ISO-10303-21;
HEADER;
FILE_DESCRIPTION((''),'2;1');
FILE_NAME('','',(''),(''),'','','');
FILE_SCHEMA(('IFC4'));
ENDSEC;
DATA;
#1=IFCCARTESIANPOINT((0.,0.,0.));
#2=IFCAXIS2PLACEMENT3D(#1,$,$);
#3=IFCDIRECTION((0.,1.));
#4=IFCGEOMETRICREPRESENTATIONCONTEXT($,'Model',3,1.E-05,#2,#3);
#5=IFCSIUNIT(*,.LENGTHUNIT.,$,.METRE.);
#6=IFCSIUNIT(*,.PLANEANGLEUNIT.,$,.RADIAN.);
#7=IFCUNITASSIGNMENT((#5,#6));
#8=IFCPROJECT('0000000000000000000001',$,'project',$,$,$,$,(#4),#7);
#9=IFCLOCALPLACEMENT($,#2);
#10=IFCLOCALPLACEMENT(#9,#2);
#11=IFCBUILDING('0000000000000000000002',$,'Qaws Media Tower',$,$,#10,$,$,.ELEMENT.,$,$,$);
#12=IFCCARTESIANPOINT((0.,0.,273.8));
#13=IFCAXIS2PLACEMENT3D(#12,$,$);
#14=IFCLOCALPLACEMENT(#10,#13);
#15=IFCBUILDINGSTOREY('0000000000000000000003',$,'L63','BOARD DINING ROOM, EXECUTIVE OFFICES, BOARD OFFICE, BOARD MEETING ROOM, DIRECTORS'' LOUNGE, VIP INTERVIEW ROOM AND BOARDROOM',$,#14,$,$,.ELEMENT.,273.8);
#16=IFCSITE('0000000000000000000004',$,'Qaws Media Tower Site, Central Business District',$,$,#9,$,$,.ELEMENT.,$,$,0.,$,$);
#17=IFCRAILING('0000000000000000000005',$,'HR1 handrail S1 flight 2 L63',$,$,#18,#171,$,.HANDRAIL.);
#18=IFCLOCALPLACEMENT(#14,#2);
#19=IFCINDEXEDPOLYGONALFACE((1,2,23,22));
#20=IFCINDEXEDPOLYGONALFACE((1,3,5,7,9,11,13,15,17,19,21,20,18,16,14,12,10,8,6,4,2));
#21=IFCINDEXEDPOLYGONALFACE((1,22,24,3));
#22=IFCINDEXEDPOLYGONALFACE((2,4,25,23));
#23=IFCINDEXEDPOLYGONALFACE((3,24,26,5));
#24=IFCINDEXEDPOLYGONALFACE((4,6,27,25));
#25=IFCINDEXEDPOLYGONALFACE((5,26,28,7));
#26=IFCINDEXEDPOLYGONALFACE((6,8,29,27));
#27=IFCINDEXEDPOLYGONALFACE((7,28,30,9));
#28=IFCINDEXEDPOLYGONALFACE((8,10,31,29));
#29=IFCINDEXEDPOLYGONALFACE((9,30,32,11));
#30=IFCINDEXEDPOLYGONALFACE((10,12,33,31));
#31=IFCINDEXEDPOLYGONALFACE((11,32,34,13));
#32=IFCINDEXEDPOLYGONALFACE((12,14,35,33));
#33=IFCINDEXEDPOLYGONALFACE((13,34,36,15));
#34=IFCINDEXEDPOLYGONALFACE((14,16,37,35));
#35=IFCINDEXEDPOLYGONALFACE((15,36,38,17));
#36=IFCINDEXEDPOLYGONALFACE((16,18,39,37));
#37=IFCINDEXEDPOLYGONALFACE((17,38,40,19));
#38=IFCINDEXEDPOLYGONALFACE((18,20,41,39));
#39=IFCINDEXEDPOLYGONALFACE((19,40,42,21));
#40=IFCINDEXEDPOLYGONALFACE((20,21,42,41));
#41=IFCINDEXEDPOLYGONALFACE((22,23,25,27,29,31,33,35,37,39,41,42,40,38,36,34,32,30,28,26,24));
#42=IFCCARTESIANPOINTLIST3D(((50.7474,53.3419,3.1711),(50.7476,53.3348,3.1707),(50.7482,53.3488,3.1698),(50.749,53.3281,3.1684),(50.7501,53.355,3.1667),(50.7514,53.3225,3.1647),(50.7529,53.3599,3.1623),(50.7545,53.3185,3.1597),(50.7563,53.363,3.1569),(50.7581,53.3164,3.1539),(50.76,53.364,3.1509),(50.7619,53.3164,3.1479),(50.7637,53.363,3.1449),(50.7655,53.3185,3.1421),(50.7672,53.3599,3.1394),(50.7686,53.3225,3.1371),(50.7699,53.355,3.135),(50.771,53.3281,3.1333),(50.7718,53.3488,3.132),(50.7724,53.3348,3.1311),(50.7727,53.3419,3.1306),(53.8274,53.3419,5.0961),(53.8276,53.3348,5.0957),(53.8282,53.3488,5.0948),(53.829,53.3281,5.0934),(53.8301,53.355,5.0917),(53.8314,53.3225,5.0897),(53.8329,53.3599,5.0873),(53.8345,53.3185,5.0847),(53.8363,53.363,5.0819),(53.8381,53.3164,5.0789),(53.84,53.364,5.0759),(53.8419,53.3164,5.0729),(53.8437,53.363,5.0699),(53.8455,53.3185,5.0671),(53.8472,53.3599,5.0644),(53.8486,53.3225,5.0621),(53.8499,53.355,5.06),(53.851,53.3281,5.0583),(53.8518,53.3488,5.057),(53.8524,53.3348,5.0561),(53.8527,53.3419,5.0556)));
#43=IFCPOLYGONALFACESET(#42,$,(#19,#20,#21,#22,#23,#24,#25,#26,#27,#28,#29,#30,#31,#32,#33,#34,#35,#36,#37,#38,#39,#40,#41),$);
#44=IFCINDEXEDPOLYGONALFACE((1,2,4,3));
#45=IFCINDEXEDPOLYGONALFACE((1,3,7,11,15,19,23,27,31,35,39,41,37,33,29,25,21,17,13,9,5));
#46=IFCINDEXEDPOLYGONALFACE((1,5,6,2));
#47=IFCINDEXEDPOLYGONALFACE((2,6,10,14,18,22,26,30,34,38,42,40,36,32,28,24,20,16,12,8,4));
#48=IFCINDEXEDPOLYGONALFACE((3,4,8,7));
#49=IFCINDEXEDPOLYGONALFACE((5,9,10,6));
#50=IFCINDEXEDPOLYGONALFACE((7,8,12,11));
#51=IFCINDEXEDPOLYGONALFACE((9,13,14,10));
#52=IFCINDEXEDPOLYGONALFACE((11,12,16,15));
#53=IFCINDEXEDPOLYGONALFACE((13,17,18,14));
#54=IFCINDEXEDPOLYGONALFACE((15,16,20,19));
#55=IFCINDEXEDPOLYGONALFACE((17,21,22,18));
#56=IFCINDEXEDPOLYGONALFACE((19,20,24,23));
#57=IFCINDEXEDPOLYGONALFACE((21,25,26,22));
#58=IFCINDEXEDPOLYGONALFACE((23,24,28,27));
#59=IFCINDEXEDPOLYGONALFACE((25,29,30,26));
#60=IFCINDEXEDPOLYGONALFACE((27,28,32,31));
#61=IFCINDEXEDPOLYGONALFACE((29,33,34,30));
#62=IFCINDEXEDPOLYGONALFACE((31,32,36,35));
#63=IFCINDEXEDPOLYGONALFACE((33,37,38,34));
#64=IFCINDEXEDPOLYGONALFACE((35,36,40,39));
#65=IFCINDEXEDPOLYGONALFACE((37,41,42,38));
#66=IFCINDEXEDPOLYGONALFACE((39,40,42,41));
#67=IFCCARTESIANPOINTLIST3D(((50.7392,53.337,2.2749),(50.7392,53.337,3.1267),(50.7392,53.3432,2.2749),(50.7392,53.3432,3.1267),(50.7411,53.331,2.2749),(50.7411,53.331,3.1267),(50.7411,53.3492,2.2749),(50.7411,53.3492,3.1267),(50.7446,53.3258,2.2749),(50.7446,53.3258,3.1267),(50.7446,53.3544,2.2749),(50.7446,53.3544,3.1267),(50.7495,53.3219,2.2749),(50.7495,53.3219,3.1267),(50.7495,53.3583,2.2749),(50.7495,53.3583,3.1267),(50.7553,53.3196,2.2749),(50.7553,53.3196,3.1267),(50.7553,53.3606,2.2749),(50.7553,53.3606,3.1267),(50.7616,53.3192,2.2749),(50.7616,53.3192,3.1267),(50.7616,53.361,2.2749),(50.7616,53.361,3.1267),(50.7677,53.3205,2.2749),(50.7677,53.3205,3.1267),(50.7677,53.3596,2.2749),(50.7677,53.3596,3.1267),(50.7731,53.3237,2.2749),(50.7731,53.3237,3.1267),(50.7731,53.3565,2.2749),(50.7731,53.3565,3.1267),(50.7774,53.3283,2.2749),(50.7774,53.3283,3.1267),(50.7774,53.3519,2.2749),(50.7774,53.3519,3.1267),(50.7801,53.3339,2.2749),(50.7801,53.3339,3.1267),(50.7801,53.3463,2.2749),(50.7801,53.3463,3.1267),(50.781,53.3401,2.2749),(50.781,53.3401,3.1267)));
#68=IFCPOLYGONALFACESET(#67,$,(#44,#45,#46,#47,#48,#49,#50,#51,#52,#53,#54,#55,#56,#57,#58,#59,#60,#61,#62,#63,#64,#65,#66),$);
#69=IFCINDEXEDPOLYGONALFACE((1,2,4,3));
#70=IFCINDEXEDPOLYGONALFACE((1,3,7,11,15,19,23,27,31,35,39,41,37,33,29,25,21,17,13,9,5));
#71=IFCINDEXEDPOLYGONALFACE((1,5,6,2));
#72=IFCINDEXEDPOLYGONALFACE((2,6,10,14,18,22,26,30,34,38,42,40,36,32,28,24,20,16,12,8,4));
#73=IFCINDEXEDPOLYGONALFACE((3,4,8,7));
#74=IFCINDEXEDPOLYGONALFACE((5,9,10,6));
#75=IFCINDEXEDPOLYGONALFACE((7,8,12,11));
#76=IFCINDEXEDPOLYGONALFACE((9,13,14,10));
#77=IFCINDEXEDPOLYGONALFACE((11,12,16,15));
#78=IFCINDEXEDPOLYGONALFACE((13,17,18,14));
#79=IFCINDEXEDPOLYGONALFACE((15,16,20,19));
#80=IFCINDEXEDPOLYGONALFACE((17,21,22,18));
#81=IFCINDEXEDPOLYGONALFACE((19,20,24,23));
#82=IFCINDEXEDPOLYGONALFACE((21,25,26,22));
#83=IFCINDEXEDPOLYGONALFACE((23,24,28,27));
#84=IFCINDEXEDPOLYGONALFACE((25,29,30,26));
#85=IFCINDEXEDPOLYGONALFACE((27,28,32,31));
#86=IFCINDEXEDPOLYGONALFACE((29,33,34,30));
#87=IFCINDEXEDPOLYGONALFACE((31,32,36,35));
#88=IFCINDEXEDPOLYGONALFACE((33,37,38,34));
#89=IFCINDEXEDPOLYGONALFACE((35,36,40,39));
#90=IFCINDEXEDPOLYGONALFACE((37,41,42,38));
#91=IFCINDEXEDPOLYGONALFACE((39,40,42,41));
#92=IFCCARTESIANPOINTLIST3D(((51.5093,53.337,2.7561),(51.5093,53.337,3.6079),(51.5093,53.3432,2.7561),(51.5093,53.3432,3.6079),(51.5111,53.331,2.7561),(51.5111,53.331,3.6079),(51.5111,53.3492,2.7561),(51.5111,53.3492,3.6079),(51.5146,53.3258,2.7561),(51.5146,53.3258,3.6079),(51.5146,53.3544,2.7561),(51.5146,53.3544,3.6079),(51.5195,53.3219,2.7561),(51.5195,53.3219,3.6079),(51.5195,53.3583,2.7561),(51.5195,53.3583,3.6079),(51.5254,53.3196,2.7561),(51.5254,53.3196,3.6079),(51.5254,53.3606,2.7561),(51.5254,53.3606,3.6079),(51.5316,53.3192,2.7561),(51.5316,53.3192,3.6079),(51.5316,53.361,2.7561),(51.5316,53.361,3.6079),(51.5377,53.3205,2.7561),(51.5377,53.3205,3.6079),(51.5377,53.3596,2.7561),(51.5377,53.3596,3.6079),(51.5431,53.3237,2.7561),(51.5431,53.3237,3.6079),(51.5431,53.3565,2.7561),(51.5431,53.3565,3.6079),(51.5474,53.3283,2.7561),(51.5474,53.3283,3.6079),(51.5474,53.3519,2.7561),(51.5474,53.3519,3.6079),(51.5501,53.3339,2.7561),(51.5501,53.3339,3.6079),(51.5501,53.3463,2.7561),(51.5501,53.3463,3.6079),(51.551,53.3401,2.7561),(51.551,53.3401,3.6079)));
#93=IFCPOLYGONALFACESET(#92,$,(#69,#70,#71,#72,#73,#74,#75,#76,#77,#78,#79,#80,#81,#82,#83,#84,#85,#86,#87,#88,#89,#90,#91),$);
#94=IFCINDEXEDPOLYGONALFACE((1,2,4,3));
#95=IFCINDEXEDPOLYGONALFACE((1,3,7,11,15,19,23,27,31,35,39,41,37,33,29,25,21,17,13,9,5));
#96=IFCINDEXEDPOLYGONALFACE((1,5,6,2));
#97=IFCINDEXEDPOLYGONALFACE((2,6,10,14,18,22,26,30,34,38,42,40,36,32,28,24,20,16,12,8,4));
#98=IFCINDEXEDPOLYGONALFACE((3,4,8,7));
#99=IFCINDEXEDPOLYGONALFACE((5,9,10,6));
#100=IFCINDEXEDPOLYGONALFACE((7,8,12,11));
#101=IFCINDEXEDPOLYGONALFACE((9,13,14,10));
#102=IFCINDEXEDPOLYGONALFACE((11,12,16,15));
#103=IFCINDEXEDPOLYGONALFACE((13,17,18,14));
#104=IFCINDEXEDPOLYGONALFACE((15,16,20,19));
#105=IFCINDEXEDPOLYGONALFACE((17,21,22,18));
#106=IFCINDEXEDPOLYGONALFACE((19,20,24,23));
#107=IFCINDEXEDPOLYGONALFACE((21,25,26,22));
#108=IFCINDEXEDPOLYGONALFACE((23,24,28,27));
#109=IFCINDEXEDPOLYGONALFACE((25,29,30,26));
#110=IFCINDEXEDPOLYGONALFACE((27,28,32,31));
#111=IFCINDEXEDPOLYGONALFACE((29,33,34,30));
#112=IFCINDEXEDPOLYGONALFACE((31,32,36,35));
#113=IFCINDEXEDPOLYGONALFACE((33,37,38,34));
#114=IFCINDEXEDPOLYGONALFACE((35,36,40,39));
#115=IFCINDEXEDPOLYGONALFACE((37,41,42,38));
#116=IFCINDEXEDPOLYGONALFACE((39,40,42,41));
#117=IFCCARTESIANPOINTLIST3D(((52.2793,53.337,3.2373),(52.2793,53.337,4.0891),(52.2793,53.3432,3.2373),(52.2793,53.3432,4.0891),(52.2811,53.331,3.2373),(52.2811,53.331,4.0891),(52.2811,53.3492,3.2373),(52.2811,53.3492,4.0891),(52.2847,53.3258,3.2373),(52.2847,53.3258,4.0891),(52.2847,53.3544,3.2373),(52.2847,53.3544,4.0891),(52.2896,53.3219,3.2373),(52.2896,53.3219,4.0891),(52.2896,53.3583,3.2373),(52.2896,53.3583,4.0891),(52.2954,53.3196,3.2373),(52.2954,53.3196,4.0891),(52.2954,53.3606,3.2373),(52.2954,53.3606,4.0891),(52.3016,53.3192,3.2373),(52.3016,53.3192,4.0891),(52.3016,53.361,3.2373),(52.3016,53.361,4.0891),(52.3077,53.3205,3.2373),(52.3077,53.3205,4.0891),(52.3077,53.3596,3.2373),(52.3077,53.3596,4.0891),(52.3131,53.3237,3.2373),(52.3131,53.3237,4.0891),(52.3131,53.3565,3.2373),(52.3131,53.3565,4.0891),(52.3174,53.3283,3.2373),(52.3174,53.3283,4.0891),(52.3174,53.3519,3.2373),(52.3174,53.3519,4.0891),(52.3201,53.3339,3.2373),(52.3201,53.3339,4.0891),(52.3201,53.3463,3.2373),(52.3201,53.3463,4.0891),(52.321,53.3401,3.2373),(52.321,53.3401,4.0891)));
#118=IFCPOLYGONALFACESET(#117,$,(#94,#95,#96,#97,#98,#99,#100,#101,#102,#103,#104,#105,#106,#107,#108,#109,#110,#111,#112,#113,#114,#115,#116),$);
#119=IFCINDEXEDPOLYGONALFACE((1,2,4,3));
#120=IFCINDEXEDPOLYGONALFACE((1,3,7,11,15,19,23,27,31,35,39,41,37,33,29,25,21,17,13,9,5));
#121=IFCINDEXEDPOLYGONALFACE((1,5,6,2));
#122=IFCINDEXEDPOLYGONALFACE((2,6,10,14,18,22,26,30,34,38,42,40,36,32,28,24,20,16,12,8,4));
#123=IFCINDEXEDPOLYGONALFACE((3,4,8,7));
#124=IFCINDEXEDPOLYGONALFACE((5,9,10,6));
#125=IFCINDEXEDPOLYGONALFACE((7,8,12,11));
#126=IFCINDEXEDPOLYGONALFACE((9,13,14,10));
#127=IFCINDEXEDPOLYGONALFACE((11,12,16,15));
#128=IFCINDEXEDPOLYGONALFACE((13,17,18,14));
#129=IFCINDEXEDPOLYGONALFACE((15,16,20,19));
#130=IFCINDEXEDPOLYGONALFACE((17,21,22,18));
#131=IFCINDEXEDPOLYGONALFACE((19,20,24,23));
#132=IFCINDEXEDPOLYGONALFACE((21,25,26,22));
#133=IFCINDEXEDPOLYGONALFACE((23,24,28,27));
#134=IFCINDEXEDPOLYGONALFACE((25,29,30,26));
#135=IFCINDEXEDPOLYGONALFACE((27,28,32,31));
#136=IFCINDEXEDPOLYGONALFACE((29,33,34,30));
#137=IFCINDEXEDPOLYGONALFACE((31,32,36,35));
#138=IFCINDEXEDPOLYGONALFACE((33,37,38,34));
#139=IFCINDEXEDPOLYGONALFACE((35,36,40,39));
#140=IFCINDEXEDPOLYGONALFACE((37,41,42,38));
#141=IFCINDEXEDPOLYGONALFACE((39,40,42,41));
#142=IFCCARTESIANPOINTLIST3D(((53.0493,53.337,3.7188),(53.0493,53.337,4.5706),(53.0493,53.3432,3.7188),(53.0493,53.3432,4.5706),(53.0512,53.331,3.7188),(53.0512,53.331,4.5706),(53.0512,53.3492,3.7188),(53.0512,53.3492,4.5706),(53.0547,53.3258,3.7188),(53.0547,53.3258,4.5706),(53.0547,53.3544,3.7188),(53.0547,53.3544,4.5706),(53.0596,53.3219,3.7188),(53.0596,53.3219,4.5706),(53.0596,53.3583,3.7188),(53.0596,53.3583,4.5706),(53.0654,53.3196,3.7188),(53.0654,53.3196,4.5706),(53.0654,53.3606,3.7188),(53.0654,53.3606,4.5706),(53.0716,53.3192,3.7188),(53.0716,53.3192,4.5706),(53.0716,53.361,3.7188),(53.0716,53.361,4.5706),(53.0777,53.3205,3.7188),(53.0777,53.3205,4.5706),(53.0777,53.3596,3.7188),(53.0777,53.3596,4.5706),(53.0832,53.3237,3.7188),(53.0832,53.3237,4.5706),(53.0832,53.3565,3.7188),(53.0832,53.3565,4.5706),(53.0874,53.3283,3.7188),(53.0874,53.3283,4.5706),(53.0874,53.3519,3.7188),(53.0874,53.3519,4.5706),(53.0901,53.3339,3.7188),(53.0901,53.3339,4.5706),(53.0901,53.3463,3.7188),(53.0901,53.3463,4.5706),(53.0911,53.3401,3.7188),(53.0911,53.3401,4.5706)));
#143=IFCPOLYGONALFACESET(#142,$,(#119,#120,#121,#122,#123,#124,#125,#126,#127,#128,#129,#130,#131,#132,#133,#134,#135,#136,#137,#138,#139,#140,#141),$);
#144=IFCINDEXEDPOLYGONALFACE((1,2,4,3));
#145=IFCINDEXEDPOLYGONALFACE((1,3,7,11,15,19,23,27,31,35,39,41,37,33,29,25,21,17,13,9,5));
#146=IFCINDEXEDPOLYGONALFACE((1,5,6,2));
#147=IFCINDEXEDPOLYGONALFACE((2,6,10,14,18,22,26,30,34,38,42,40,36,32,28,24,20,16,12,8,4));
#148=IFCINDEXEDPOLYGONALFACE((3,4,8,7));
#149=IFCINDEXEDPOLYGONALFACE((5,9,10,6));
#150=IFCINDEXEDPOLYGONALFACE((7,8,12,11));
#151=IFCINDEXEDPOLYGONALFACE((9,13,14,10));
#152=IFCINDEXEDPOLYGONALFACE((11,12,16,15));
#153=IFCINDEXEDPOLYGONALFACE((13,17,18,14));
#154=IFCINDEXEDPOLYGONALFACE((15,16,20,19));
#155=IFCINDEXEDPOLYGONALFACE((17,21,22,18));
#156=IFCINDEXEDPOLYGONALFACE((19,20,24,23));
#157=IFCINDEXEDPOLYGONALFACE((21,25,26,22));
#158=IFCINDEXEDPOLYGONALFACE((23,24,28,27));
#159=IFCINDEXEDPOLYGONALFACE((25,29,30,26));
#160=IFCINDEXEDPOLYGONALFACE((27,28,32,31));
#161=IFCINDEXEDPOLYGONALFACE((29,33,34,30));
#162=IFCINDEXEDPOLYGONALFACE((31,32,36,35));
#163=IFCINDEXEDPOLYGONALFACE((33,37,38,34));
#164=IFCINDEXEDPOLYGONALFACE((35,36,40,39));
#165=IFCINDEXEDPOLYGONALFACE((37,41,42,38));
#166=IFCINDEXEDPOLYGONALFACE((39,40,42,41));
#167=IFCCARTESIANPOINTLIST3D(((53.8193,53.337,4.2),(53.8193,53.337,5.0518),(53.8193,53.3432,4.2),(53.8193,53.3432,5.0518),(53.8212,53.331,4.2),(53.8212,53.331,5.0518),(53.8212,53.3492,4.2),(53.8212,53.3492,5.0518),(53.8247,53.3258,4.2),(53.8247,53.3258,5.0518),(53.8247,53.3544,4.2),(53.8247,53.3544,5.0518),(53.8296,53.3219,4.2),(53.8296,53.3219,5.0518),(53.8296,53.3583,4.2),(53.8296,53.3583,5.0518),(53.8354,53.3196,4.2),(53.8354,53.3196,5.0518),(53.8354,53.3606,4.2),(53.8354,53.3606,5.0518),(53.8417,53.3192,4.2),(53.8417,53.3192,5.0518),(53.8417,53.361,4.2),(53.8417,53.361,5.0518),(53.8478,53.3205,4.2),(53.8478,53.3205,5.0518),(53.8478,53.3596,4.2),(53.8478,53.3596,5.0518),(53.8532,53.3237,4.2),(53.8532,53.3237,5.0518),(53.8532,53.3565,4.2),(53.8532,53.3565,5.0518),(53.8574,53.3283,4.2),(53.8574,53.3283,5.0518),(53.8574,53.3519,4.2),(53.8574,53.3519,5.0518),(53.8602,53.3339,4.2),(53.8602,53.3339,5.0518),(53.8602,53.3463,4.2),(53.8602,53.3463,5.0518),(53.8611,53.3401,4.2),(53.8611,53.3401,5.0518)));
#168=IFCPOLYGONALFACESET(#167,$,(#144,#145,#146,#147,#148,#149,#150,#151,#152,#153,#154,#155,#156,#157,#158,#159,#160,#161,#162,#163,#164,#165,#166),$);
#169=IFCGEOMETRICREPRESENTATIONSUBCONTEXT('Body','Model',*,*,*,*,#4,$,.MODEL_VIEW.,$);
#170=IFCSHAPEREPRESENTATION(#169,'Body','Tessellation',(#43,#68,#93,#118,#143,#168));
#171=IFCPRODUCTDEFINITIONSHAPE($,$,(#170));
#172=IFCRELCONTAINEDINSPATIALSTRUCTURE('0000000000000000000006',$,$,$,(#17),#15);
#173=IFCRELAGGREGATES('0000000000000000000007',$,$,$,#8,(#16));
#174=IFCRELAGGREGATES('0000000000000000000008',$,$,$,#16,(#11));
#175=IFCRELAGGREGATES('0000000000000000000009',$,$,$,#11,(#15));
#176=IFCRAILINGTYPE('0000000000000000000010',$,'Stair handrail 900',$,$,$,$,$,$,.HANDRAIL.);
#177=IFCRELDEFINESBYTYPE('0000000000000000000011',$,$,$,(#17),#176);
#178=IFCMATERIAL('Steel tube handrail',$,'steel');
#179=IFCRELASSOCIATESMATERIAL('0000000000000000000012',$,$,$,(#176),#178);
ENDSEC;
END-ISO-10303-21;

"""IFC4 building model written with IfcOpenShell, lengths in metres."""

from ifc_helpers import new_model, si_unit, direction, frame, origin, origin_2d, place, context, subcontext, project, spatial, circle, extrude, material, type_object, element, save


model = new_model("IFC4")

# Units and contexts
model_context = context("Model", 3, precision=1e-05, world=origin(), true_north=direction((0.0, 1.0)))
body_context = subcontext(model_context, "Body", "Model", "MODEL_VIEW")
ifc_project = project(units=[si_unit("LENGTHUNIT", "METRE"), si_unit("PLANEANGLEUNIT", "RADIAN")], contexts=[model_context])

# Site, building, storey
site_placement = place(None, origin())
site = spatial("IfcSite", under=ifc_project, at=site_placement, Name="Qaws Media Tower Site, Central Business District", CompositionType="ELEMENT", RefElevation=0.0)
building_placement = place(site_placement, origin())
building = spatial("IfcBuilding", under=site, at=building_placement, Name="Qaws Media Tower", CompositionType="ELEMENT")
storey_placement = place(building_placement, frame((0.0, 0.0, 273.8)))
storey = spatial("IfcBuildingStorey", under=building, at=storey_placement, Name="L63", Description="BOARD DINING ROOM, EXECUTIVE OFFICES, BOARD OFFICE, BOARD MEETING ROOM, DIRECTORS' LOUNGE, VIP INTERVIEW ROOM AND BOARDROOM", CompositionType="ELEMENT", Elevation=273.8)

# Railing
ifc_material_1 = material(Name="Steel tube handrail", Category="steel")
railing_type = type_object("IfcRailingType", Name="Stair handrail 900", PredefinedType="HANDRAIL", material=ifc_material_1)
for number, where, name in (
    (1, (50.76, 53.3401, 2.2749), "HR1 handrail S1 flight 2 L63"),
):
    element("IfcRailing", number, at=place(storey_placement, frame(where)), inside=storey, type_object=railing_type, Name=name, PredefinedType="HANDRAIL", context=body_context, shape_type="SweptSolid", body=[
        extrude(circle(Radius=0.0239, at=origin_2d()), frame((0.0, 0.0, 0.876), z_axis=(0.847998, 0.0, 0.529999), x_axis=(0.0, 1.0, 0.0)), (0.0, 0.0, 1.0), 3.6321),
        extrude(circle(Radius=0.021, at=origin_2d()), origin(), (0.0, 0.0, 1.0), 0.8518),
        extrude(circle(Radius=0.021, at=origin_2d()), frame((0.77, 0.0, 0.4812)), (0.0, 0.0, 1.0), 0.8518),
        extrude(circle(Radius=0.021, at=origin_2d()), frame((1.54, 0.0, 0.9624)), (0.0, 0.0, 1.0), 0.8518),
        extrude(circle(Radius=0.021, at=origin_2d()), frame((2.3101, 0.0, 1.4438)), (0.0, 0.0, 1.0), 0.8518),
        extrude(circle(Radius=0.021, at=origin_2d()), frame((3.0801, 0.0, 1.925)), (0.0, 0.0, 1.0), 0.8518),
    ])

save(model, "model.ifc")
